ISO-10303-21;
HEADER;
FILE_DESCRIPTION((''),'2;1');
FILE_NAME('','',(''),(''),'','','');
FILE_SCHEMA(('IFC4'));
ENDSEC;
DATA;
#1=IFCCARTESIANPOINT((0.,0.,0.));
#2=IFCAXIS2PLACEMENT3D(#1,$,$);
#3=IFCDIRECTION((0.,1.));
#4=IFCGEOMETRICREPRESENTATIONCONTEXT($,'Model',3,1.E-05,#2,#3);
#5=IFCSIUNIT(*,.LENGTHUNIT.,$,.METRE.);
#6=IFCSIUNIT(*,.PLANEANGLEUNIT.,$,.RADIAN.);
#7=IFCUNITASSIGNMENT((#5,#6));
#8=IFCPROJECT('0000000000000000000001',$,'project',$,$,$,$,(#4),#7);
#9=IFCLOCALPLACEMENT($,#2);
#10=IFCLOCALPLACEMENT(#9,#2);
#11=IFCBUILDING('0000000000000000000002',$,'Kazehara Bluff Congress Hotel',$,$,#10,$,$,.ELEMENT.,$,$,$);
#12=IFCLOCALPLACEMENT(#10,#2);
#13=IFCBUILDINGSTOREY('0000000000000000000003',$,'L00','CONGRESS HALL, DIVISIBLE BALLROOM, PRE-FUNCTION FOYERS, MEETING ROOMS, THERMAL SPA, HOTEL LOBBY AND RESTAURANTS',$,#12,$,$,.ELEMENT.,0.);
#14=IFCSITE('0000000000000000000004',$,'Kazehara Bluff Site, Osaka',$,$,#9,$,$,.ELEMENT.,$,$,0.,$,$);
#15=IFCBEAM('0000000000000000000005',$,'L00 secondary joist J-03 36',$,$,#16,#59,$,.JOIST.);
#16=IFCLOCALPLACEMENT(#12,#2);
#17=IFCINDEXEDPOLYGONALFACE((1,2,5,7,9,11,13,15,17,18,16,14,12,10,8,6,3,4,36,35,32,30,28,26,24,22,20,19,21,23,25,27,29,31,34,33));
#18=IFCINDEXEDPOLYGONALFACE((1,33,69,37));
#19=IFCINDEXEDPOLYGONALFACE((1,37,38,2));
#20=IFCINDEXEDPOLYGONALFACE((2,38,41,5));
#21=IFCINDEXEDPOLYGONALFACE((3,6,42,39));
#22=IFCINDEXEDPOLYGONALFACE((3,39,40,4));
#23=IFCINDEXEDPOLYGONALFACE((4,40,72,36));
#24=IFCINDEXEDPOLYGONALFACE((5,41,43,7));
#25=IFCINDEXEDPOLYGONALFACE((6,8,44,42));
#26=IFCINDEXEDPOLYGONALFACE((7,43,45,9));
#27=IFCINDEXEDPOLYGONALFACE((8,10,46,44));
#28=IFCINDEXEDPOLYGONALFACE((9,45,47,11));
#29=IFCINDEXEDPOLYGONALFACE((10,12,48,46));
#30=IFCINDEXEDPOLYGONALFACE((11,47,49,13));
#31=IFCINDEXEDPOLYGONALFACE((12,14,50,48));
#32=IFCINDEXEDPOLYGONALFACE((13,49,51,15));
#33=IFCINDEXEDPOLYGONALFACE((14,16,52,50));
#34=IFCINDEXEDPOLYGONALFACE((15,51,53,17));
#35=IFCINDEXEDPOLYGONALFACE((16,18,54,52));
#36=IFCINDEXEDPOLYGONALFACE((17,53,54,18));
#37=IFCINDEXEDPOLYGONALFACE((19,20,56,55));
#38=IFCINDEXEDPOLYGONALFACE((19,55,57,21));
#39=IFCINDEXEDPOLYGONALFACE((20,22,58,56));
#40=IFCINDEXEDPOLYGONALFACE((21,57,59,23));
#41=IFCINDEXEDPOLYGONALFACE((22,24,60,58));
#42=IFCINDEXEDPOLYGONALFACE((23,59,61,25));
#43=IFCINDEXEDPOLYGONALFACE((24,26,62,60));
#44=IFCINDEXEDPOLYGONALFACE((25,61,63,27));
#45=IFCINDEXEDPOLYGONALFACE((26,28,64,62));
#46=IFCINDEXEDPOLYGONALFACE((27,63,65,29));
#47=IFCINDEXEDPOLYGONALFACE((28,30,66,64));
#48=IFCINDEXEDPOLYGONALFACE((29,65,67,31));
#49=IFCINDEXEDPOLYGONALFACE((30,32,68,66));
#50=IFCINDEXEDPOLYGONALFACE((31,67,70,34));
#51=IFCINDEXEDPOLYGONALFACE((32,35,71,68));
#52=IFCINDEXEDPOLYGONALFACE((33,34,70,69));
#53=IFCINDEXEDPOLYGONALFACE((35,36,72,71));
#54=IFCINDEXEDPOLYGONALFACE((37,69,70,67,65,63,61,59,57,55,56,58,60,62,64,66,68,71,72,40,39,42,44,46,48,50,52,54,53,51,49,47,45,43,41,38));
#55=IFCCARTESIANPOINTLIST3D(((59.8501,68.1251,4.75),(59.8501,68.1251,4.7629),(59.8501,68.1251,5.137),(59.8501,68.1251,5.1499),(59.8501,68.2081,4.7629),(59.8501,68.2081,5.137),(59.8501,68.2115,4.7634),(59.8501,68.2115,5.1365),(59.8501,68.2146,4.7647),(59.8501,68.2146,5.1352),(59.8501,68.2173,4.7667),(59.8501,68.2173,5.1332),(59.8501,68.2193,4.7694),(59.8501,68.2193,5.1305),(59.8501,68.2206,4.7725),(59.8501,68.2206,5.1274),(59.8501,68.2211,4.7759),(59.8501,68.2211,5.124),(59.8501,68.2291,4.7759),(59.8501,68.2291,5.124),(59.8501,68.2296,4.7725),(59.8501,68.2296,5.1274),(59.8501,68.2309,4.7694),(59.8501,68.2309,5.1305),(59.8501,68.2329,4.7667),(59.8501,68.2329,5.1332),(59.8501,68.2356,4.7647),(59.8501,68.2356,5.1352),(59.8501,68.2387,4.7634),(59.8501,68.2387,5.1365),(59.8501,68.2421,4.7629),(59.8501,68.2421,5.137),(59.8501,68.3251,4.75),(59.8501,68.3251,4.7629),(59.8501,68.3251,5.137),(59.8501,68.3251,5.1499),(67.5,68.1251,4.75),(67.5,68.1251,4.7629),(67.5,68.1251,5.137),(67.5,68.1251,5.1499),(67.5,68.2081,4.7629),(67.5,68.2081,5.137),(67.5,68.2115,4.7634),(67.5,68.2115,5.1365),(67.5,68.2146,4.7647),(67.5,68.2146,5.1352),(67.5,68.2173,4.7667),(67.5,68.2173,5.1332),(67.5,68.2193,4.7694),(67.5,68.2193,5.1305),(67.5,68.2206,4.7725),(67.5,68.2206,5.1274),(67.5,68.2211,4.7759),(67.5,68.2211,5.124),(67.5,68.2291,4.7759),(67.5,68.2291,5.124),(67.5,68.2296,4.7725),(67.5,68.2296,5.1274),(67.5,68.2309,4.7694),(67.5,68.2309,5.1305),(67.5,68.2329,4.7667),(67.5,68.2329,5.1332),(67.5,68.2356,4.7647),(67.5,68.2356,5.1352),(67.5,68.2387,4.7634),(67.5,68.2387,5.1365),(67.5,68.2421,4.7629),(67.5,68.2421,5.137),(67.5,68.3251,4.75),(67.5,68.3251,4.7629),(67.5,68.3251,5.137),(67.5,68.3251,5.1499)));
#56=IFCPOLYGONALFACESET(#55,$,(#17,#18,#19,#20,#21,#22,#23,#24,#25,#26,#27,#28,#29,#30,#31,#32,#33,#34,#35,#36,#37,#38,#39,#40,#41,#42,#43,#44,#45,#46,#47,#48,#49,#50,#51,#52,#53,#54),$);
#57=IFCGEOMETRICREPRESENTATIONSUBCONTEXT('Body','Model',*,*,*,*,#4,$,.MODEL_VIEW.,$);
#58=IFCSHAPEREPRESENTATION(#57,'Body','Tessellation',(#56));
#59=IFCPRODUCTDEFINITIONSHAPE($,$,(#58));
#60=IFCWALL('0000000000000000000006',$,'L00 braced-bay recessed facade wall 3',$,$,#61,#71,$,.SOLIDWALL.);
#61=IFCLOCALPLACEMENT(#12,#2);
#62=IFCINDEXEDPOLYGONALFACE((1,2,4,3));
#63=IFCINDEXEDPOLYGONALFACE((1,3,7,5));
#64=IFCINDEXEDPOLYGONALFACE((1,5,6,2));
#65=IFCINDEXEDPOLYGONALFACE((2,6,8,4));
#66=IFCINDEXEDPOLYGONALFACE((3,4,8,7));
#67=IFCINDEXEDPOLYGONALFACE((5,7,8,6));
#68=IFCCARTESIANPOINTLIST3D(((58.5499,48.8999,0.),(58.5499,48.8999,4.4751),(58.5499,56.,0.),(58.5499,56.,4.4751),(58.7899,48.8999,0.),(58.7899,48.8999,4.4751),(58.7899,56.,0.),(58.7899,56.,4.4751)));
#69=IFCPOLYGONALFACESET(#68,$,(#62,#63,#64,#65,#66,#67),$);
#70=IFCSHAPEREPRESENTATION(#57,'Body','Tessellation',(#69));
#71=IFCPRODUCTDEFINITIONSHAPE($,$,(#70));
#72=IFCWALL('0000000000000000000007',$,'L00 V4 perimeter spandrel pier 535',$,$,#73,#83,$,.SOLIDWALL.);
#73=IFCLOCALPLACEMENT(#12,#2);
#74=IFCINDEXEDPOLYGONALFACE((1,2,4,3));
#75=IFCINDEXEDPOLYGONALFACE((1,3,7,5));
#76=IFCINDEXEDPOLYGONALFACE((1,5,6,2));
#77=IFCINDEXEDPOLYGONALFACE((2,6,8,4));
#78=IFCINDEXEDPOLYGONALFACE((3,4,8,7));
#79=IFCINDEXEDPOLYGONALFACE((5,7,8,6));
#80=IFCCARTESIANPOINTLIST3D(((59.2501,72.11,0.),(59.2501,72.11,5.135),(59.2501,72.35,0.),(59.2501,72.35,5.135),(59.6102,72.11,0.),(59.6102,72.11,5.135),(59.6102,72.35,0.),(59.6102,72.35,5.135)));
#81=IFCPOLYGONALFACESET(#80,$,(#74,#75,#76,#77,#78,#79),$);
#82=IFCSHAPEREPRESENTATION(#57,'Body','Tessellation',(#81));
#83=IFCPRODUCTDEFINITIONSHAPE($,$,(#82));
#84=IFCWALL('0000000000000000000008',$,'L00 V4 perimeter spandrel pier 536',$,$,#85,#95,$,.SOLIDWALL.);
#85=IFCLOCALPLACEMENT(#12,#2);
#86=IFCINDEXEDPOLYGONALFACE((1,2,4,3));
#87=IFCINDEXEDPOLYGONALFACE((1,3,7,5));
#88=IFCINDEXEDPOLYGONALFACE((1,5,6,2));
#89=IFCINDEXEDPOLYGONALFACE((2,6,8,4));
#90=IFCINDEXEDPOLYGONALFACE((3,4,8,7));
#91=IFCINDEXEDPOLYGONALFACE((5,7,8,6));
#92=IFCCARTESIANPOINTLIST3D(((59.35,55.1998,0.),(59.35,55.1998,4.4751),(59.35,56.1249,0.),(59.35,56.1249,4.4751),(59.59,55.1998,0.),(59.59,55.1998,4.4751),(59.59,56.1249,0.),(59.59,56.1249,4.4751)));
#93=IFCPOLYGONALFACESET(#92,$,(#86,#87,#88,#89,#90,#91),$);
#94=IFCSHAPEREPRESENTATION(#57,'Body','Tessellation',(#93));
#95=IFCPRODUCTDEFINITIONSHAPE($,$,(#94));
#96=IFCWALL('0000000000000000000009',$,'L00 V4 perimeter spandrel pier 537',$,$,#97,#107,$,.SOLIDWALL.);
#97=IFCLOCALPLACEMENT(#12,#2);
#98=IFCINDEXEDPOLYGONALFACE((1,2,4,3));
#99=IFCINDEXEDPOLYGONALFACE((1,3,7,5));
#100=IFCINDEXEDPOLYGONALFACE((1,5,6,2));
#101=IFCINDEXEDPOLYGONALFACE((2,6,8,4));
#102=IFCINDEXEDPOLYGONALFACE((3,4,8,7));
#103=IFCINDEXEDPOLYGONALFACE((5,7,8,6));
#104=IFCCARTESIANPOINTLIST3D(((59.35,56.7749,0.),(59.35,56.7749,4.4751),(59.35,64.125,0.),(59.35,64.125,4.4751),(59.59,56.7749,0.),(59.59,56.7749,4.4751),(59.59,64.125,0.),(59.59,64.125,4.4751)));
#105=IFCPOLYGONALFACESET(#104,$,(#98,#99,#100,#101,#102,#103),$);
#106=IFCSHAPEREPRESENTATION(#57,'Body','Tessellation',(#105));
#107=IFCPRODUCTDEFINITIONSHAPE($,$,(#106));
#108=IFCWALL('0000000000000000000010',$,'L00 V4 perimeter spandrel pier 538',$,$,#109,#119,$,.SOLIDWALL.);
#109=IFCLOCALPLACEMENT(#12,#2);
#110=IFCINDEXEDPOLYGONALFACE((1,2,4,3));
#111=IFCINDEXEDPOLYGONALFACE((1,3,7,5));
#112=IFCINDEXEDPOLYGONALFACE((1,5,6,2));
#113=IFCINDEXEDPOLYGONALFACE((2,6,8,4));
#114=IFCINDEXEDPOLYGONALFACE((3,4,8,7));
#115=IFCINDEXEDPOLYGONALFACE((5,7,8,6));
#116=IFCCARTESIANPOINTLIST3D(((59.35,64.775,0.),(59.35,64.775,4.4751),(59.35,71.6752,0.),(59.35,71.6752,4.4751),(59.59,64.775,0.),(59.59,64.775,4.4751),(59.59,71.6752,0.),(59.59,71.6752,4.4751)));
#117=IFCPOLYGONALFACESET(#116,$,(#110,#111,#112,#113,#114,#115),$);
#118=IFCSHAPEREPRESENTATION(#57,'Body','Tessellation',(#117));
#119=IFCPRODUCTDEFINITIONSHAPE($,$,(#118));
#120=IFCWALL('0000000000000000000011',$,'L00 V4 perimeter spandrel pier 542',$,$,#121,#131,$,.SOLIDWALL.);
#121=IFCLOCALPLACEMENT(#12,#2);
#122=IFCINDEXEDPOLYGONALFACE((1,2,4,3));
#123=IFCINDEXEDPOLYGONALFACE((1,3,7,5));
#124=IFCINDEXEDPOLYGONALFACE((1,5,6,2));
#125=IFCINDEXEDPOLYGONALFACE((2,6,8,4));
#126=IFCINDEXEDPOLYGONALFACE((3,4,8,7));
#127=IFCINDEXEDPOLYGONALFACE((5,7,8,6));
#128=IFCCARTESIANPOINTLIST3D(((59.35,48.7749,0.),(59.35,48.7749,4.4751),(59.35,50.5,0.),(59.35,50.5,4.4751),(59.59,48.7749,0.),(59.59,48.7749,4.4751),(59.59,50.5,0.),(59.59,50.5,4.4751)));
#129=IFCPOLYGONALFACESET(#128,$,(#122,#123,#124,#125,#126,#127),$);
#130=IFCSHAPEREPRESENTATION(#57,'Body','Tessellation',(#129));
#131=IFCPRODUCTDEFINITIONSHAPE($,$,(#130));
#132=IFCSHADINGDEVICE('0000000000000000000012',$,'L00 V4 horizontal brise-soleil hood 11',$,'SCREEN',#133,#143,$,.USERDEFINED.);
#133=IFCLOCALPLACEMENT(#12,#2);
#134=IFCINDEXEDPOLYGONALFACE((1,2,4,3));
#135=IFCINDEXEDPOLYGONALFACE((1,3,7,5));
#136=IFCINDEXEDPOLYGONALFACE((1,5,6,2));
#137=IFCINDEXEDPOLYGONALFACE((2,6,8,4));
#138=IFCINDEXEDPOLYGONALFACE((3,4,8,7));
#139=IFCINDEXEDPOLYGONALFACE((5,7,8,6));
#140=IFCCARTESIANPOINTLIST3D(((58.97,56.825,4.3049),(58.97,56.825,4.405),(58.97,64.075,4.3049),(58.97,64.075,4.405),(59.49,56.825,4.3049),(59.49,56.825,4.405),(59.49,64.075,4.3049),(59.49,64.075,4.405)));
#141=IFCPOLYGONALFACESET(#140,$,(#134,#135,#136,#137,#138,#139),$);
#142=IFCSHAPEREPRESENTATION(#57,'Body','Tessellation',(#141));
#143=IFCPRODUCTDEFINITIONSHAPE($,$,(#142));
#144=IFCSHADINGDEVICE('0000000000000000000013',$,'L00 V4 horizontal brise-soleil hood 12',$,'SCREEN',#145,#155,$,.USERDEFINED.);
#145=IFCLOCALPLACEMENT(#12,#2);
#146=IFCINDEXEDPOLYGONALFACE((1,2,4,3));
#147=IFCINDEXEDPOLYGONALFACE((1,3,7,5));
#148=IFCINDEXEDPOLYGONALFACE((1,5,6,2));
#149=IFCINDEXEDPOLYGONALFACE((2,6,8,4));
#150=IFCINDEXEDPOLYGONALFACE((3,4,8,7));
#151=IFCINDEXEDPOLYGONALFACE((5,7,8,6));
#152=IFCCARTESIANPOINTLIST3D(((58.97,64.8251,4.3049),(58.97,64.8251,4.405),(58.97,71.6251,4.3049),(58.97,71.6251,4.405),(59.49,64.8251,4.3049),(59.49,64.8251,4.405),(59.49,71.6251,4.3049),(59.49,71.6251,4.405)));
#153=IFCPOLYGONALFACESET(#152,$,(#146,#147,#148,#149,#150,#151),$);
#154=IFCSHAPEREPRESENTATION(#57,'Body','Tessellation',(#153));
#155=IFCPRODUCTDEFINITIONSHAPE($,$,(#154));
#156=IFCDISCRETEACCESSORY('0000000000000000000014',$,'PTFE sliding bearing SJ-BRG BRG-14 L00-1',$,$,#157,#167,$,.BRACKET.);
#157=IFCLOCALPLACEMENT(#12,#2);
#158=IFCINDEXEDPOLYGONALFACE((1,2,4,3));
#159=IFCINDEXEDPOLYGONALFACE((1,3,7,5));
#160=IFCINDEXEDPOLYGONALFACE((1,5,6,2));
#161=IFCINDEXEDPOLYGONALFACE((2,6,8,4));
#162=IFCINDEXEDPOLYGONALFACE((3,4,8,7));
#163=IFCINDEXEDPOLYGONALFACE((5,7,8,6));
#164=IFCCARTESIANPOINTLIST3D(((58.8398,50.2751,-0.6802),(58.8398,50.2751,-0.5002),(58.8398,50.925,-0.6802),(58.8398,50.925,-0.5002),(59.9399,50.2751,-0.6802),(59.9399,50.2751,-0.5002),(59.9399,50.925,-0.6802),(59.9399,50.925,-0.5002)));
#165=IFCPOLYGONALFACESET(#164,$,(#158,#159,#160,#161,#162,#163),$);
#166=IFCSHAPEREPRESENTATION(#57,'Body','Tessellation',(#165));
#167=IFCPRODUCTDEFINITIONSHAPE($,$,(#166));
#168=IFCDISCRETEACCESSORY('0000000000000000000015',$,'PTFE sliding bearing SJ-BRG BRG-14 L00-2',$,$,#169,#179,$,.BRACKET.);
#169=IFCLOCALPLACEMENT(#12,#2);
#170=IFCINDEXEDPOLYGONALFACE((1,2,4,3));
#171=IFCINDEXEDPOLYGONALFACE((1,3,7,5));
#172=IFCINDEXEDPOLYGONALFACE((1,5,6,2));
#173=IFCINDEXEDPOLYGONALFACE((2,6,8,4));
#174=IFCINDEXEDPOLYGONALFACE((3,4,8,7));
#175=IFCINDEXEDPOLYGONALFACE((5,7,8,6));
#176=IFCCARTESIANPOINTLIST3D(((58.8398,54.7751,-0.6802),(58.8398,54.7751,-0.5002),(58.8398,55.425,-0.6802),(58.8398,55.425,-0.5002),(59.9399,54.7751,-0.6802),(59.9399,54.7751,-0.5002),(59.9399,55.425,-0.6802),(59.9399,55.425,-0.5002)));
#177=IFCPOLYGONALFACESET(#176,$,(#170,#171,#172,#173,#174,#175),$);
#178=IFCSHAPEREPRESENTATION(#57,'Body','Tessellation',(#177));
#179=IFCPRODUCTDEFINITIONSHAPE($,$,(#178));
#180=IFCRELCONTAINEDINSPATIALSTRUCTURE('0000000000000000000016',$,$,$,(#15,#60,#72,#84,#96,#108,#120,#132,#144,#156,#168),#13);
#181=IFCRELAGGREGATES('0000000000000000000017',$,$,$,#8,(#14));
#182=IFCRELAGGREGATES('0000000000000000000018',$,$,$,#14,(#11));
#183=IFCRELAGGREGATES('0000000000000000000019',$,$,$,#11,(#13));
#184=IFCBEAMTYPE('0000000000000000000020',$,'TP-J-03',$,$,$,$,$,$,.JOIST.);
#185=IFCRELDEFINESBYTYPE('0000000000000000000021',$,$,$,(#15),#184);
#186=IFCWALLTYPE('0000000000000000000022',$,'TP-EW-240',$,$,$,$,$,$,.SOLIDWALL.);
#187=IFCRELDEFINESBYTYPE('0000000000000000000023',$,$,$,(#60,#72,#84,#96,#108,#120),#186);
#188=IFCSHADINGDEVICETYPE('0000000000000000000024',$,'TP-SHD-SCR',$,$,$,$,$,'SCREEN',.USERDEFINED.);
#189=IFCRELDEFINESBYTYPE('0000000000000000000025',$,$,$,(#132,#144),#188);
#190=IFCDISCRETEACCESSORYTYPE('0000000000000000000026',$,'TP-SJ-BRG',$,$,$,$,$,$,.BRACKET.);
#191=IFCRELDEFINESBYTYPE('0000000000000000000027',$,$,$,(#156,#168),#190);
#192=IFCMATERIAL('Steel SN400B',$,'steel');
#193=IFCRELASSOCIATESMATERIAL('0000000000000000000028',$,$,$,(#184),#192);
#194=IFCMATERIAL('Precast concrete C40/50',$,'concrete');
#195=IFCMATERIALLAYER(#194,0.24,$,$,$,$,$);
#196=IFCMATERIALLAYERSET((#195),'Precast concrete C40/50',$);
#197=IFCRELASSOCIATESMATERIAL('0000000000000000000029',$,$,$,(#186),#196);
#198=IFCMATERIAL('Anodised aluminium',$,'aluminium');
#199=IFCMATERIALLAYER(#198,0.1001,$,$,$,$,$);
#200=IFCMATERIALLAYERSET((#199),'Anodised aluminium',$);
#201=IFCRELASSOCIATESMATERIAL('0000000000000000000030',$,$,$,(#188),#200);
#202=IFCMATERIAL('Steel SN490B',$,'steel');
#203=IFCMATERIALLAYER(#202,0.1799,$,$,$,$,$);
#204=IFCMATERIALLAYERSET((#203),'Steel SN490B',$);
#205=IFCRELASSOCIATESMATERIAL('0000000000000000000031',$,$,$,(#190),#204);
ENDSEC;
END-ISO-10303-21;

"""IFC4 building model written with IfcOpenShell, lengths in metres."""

from ifc_helpers import new_model, si_unit, direction, frame, frame_2d, origin, origin_2d, place, context, subcontext, project, spatial, rectangle, i_section, extrude, material, layer, layer_set, material_profile, profile_set, type_object, element, save


model = new_model("IFC4")

# Units and contexts
model_context = context("Model", 3, precision=1e-05, world=origin(), true_north=direction((0.0, 1.0)))
body_context = subcontext(model_context, "Body", "Model", "MODEL_VIEW")
ifc_project = project(units=[si_unit("LENGTHUNIT", "METRE"), si_unit("PLANEANGLEUNIT", "RADIAN")], contexts=[model_context])

# Site, building, storey
site_placement = place(None, origin())
site = spatial("IfcSite", under=ifc_project, at=site_placement, Name="Kazehara Bluff Site, Osaka", CompositionType="ELEMENT", RefElevation=0.0)
building_placement = place(site_placement, origin())
building = spatial("IfcBuilding", under=site, at=building_placement, Name="Kazehara Bluff Congress Hotel", CompositionType="ELEMENT")
storey_placement = place(building_placement, origin())
storey = spatial("IfcBuildingStorey", under=building, at=storey_placement, Name="L00", Description="CONGRESS HALL, DIVISIBLE BALLROOM, PRE-FUNCTION FOYERS, MEETING ROOMS, THERMAL SPA, HOTEL LOBBY AND RESTAURANTS", CompositionType="ELEMENT", Elevation=0.0)

# Beam
ifc_material_1 = material(Name="Steel SN400B", Category="steel")
ifc_material_profile_1 = material_profile(ifc_material_1, i_section(OverallWidth=0.2, OverallDepth=0.3999, WebThickness=0.0081, FlangeThickness=0.0129, FilletRadius=0.0129, at=origin_2d()))
ifc_profile_set_1 = profile_set([ifc_material_profile_1], Name="Steel SN400B")
beam_type_1 = type_object("IfcBeamType", Name="TP-J-03", PredefinedType="JOIST", material=ifc_profile_set_1)
for number, where, z_axis, x_axis, name in (
    (1, (59.8501, 68.2251, 4.95), (1.0, 0.0, 0.0), (0.0, 1.0, 0.0), "L00 secondary joist J-03 36"),
):
    element("IfcBeam", number, at=place(storey_placement, frame(where, z_axis=z_axis, x_axis=x_axis)), inside=storey, type_object=beam_type_1, Name=name, PredefinedType="JOIST", context=body_context, shape_type="SweptSolid", body=[
        extrude(i_section(OverallWidth=0.2, OverallDepth=0.3999, WebThickness=0.0081, FlangeThickness=0.0129, FilletRadius=0.0129, at=origin_2d()), origin(), (0.0, 0.0, 1.0), 7.6499),
    ])

# Walls
ifc_material_2 = material(Name="Precast concrete C40/50", Category="concrete")
ifc_layer_1 = layer(ifc_material_2, 0.24)
ifc_layer_set_1 = layer_set([ifc_layer_1], Name="Precast concrete C40/50")
wall_type = type_object("IfcWallType", Name="TP-EW-240", PredefinedType="SOLIDWALL", material=ifc_layer_set_1)
wall_1_placement = place(storey_placement, frame((58.6699, 48.8999, 0.0), z_axis=(0.0, 0.0, 1.0), x_axis=(0.0, 1.0, 0.0)))
element("IfcWall", 2, at=wall_1_placement, inside=storey, type_object=wall_type, Name="L00 braced-bay recessed facade wall 3", PredefinedType="SOLIDWALL", context=body_context, shape_type="SweptSolid", body=[
    extrude(rectangle(XDim=7.1001, YDim=0.24, at=frame_2d((3.55, 0.0))), origin(), (0.0, 0.0, 1.0), 4.4751),
])
wall_2_placement = place(storey_placement, frame((59.25, 72.23, 0.0), z_axis=(0.0, 0.0, 1.0), x_axis=(1.0, 0.0, 0.0)))
element("IfcWall", 3, at=wall_2_placement, inside=storey, type_object=wall_type, Name="L00 V4 perimeter spandrel pier 535", PredefinedType="SOLIDWALL", context=body_context, shape_type="SweptSolid", body=[
    extrude(rectangle(XDim=0.3601, YDim=0.24, at=frame_2d((0.1802, 0.0))), origin(), (0.0, 0.0, 1.0), 5.135),
])
wall_3_placement = place(storey_placement, frame((59.47, 55.2, 0.0), z_axis=(0.0, 0.0, 1.0), x_axis=(0.0, 1.0, 0.0)))
element("IfcWall", 4, at=wall_3_placement, inside=storey, type_object=wall_type, Name="L00 V4 perimeter spandrel pier 536", PredefinedType="SOLIDWALL", context=body_context, shape_type="SweptSolid", body=[
    extrude(rectangle(XDim=0.925, YDim=0.24, at=frame_2d((0.4624, 0.0))), origin(), (0.0, 0.0, 1.0), 4.4751),
])
wall_4_placement = place(storey_placement, frame((59.47, 56.7749, 0.0), z_axis=(0.0, 0.0, 1.0), x_axis=(0.0, 1.0, 0.0)))
element("IfcWall", 5, at=wall_4_placement, inside=storey, type_object=wall_type, Name="L00 V4 perimeter spandrel pier 537", PredefinedType="SOLIDWALL", context=body_context, shape_type="SweptSolid", body=[
    extrude(rectangle(XDim=7.3501, YDim=0.24, at=frame_2d((3.675, 0.0))), origin(), (0.0, 0.0, 1.0), 4.4751),
])
wall_5_placement = place(storey_placement, frame((59.47, 64.7749, 0.0), z_axis=(0.0, 0.0, 1.0), x_axis=(0.0, 1.0, 0.0)))
element("IfcWall", 6, at=wall_5_placement, inside=storey, type_object=wall_type, Name="L00 V4 perimeter spandrel pier 538", PredefinedType="SOLIDWALL", context=body_context, shape_type="SweptSolid", body=[
    extrude(rectangle(XDim=6.9001, YDim=0.24, at=frame_2d((3.4502, 0.0))), origin(), (0.0, 0.0, 1.0), 4.4751),
])
wall_6_placement = place(storey_placement, frame((59.47, 48.7749, 0.0), z_axis=(0.0, 0.0, 1.0), x_axis=(0.0, 1.0, 0.0)))
element("IfcWall", 7, at=wall_6_placement, inside=storey, type_object=wall_type, Name="L00 V4 perimeter spandrel pier 542", PredefinedType="SOLIDWALL", context=body_context, shape_type="SweptSolid", body=[
    extrude(rectangle(XDim=1.7251, YDim=0.24, at=frame_2d((0.8625, 0.0))), origin(), (0.0, 0.0, 1.0), 4.4751),
])

# Shading devices
ifc_material_3 = material(Name="Anodised aluminium", Category="aluminium")
ifc_layer_2 = layer(ifc_material_3, 0.1001)
ifc_layer_set_2 = layer_set([ifc_layer_2], Name="Anodised aluminium")
shading_device_type = type_object("IfcShadingDeviceType", Name="TP-SHD-SCR", ElementType="SCREEN", PredefinedType="USERDEFINED", material=ifc_layer_set_2)
shading_device_1_placement = place(storey_placement, frame((59.23, 60.45, 4.3049), z_axis=(0.0, 0.0, 1.0), x_axis=(1.0, 0.0, 0.0)))
element("IfcShadingDevice", 8, at=shading_device_1_placement, inside=storey, type_object=shading_device_type, Name="L00 V4 horizontal brise-soleil hood 11", ObjectType="SCREEN", PredefinedType="USERDEFINED", context=body_context, shape_type="SweptSolid", body=[
    extrude(rectangle(XDim=0.52, YDim=7.25, at=origin_2d()), origin(), (0.0, 0.0, 1.0), 0.1001),
])
shading_device_2_placement = place(storey_placement, frame((59.23, 68.2251, 4.3049), z_axis=(0.0, 0.0, 1.0), x_axis=(1.0, 0.0, 0.0)))
element("IfcShadingDevice", 9, at=shading_device_2_placement, inside=storey, type_object=shading_device_type, Name="L00 V4 horizontal brise-soleil hood 12", ObjectType="SCREEN", PredefinedType="USERDEFINED", context=body_context, shape_type="SweptSolid", body=[
    extrude(rectangle(XDim=0.52, YDim=6.8, at=origin_2d()), origin(), (0.0, 0.0, 1.0), 0.1001),
])

# Discrete accessories
ifc_material_4 = material(Name="Steel SN490B", Category="steel")
ifc_layer_3 = layer(ifc_material_4, 0.1799)
ifc_layer_set_3 = layer_set([ifc_layer_3], Name="Steel SN490B")
discrete_accessory_type = type_object("IfcDiscreteAccessoryType", Name="TP-SJ-BRG", PredefinedType="BRACKET", material=ifc_layer_set_3)
for number, where, z_axis, x_axis, name in (
    (10, (59.3899, 50.6001, -0.6802), (0.0, 0.0, 1.0), (1.0, 0.0, 0.0), "PTFE sliding bearing SJ-BRG BRG-14 L00-1"),
    (11, (59.3899, 55.1001, -0.6802), (0.0, 0.0, 1.0), (1.0, 0.0, 0.0), "PTFE sliding bearing SJ-BRG BRG-14 L00-2"),
):
    element("IfcDiscreteAccessory", number, at=place(storey_placement, frame(where, z_axis=z_axis, x_axis=x_axis)), inside=storey, type_object=discrete_accessory_type, Name=name, PredefinedType="BRACKET", context=body_context, shape_type="SweptSolid", body=[
        extrude(rectangle(XDim=1.1001, YDim=0.6499, at=origin_2d()), origin(), (0.0, 0.0, 1.0), 0.1799),
    ])

save(model, "model.ifc")
